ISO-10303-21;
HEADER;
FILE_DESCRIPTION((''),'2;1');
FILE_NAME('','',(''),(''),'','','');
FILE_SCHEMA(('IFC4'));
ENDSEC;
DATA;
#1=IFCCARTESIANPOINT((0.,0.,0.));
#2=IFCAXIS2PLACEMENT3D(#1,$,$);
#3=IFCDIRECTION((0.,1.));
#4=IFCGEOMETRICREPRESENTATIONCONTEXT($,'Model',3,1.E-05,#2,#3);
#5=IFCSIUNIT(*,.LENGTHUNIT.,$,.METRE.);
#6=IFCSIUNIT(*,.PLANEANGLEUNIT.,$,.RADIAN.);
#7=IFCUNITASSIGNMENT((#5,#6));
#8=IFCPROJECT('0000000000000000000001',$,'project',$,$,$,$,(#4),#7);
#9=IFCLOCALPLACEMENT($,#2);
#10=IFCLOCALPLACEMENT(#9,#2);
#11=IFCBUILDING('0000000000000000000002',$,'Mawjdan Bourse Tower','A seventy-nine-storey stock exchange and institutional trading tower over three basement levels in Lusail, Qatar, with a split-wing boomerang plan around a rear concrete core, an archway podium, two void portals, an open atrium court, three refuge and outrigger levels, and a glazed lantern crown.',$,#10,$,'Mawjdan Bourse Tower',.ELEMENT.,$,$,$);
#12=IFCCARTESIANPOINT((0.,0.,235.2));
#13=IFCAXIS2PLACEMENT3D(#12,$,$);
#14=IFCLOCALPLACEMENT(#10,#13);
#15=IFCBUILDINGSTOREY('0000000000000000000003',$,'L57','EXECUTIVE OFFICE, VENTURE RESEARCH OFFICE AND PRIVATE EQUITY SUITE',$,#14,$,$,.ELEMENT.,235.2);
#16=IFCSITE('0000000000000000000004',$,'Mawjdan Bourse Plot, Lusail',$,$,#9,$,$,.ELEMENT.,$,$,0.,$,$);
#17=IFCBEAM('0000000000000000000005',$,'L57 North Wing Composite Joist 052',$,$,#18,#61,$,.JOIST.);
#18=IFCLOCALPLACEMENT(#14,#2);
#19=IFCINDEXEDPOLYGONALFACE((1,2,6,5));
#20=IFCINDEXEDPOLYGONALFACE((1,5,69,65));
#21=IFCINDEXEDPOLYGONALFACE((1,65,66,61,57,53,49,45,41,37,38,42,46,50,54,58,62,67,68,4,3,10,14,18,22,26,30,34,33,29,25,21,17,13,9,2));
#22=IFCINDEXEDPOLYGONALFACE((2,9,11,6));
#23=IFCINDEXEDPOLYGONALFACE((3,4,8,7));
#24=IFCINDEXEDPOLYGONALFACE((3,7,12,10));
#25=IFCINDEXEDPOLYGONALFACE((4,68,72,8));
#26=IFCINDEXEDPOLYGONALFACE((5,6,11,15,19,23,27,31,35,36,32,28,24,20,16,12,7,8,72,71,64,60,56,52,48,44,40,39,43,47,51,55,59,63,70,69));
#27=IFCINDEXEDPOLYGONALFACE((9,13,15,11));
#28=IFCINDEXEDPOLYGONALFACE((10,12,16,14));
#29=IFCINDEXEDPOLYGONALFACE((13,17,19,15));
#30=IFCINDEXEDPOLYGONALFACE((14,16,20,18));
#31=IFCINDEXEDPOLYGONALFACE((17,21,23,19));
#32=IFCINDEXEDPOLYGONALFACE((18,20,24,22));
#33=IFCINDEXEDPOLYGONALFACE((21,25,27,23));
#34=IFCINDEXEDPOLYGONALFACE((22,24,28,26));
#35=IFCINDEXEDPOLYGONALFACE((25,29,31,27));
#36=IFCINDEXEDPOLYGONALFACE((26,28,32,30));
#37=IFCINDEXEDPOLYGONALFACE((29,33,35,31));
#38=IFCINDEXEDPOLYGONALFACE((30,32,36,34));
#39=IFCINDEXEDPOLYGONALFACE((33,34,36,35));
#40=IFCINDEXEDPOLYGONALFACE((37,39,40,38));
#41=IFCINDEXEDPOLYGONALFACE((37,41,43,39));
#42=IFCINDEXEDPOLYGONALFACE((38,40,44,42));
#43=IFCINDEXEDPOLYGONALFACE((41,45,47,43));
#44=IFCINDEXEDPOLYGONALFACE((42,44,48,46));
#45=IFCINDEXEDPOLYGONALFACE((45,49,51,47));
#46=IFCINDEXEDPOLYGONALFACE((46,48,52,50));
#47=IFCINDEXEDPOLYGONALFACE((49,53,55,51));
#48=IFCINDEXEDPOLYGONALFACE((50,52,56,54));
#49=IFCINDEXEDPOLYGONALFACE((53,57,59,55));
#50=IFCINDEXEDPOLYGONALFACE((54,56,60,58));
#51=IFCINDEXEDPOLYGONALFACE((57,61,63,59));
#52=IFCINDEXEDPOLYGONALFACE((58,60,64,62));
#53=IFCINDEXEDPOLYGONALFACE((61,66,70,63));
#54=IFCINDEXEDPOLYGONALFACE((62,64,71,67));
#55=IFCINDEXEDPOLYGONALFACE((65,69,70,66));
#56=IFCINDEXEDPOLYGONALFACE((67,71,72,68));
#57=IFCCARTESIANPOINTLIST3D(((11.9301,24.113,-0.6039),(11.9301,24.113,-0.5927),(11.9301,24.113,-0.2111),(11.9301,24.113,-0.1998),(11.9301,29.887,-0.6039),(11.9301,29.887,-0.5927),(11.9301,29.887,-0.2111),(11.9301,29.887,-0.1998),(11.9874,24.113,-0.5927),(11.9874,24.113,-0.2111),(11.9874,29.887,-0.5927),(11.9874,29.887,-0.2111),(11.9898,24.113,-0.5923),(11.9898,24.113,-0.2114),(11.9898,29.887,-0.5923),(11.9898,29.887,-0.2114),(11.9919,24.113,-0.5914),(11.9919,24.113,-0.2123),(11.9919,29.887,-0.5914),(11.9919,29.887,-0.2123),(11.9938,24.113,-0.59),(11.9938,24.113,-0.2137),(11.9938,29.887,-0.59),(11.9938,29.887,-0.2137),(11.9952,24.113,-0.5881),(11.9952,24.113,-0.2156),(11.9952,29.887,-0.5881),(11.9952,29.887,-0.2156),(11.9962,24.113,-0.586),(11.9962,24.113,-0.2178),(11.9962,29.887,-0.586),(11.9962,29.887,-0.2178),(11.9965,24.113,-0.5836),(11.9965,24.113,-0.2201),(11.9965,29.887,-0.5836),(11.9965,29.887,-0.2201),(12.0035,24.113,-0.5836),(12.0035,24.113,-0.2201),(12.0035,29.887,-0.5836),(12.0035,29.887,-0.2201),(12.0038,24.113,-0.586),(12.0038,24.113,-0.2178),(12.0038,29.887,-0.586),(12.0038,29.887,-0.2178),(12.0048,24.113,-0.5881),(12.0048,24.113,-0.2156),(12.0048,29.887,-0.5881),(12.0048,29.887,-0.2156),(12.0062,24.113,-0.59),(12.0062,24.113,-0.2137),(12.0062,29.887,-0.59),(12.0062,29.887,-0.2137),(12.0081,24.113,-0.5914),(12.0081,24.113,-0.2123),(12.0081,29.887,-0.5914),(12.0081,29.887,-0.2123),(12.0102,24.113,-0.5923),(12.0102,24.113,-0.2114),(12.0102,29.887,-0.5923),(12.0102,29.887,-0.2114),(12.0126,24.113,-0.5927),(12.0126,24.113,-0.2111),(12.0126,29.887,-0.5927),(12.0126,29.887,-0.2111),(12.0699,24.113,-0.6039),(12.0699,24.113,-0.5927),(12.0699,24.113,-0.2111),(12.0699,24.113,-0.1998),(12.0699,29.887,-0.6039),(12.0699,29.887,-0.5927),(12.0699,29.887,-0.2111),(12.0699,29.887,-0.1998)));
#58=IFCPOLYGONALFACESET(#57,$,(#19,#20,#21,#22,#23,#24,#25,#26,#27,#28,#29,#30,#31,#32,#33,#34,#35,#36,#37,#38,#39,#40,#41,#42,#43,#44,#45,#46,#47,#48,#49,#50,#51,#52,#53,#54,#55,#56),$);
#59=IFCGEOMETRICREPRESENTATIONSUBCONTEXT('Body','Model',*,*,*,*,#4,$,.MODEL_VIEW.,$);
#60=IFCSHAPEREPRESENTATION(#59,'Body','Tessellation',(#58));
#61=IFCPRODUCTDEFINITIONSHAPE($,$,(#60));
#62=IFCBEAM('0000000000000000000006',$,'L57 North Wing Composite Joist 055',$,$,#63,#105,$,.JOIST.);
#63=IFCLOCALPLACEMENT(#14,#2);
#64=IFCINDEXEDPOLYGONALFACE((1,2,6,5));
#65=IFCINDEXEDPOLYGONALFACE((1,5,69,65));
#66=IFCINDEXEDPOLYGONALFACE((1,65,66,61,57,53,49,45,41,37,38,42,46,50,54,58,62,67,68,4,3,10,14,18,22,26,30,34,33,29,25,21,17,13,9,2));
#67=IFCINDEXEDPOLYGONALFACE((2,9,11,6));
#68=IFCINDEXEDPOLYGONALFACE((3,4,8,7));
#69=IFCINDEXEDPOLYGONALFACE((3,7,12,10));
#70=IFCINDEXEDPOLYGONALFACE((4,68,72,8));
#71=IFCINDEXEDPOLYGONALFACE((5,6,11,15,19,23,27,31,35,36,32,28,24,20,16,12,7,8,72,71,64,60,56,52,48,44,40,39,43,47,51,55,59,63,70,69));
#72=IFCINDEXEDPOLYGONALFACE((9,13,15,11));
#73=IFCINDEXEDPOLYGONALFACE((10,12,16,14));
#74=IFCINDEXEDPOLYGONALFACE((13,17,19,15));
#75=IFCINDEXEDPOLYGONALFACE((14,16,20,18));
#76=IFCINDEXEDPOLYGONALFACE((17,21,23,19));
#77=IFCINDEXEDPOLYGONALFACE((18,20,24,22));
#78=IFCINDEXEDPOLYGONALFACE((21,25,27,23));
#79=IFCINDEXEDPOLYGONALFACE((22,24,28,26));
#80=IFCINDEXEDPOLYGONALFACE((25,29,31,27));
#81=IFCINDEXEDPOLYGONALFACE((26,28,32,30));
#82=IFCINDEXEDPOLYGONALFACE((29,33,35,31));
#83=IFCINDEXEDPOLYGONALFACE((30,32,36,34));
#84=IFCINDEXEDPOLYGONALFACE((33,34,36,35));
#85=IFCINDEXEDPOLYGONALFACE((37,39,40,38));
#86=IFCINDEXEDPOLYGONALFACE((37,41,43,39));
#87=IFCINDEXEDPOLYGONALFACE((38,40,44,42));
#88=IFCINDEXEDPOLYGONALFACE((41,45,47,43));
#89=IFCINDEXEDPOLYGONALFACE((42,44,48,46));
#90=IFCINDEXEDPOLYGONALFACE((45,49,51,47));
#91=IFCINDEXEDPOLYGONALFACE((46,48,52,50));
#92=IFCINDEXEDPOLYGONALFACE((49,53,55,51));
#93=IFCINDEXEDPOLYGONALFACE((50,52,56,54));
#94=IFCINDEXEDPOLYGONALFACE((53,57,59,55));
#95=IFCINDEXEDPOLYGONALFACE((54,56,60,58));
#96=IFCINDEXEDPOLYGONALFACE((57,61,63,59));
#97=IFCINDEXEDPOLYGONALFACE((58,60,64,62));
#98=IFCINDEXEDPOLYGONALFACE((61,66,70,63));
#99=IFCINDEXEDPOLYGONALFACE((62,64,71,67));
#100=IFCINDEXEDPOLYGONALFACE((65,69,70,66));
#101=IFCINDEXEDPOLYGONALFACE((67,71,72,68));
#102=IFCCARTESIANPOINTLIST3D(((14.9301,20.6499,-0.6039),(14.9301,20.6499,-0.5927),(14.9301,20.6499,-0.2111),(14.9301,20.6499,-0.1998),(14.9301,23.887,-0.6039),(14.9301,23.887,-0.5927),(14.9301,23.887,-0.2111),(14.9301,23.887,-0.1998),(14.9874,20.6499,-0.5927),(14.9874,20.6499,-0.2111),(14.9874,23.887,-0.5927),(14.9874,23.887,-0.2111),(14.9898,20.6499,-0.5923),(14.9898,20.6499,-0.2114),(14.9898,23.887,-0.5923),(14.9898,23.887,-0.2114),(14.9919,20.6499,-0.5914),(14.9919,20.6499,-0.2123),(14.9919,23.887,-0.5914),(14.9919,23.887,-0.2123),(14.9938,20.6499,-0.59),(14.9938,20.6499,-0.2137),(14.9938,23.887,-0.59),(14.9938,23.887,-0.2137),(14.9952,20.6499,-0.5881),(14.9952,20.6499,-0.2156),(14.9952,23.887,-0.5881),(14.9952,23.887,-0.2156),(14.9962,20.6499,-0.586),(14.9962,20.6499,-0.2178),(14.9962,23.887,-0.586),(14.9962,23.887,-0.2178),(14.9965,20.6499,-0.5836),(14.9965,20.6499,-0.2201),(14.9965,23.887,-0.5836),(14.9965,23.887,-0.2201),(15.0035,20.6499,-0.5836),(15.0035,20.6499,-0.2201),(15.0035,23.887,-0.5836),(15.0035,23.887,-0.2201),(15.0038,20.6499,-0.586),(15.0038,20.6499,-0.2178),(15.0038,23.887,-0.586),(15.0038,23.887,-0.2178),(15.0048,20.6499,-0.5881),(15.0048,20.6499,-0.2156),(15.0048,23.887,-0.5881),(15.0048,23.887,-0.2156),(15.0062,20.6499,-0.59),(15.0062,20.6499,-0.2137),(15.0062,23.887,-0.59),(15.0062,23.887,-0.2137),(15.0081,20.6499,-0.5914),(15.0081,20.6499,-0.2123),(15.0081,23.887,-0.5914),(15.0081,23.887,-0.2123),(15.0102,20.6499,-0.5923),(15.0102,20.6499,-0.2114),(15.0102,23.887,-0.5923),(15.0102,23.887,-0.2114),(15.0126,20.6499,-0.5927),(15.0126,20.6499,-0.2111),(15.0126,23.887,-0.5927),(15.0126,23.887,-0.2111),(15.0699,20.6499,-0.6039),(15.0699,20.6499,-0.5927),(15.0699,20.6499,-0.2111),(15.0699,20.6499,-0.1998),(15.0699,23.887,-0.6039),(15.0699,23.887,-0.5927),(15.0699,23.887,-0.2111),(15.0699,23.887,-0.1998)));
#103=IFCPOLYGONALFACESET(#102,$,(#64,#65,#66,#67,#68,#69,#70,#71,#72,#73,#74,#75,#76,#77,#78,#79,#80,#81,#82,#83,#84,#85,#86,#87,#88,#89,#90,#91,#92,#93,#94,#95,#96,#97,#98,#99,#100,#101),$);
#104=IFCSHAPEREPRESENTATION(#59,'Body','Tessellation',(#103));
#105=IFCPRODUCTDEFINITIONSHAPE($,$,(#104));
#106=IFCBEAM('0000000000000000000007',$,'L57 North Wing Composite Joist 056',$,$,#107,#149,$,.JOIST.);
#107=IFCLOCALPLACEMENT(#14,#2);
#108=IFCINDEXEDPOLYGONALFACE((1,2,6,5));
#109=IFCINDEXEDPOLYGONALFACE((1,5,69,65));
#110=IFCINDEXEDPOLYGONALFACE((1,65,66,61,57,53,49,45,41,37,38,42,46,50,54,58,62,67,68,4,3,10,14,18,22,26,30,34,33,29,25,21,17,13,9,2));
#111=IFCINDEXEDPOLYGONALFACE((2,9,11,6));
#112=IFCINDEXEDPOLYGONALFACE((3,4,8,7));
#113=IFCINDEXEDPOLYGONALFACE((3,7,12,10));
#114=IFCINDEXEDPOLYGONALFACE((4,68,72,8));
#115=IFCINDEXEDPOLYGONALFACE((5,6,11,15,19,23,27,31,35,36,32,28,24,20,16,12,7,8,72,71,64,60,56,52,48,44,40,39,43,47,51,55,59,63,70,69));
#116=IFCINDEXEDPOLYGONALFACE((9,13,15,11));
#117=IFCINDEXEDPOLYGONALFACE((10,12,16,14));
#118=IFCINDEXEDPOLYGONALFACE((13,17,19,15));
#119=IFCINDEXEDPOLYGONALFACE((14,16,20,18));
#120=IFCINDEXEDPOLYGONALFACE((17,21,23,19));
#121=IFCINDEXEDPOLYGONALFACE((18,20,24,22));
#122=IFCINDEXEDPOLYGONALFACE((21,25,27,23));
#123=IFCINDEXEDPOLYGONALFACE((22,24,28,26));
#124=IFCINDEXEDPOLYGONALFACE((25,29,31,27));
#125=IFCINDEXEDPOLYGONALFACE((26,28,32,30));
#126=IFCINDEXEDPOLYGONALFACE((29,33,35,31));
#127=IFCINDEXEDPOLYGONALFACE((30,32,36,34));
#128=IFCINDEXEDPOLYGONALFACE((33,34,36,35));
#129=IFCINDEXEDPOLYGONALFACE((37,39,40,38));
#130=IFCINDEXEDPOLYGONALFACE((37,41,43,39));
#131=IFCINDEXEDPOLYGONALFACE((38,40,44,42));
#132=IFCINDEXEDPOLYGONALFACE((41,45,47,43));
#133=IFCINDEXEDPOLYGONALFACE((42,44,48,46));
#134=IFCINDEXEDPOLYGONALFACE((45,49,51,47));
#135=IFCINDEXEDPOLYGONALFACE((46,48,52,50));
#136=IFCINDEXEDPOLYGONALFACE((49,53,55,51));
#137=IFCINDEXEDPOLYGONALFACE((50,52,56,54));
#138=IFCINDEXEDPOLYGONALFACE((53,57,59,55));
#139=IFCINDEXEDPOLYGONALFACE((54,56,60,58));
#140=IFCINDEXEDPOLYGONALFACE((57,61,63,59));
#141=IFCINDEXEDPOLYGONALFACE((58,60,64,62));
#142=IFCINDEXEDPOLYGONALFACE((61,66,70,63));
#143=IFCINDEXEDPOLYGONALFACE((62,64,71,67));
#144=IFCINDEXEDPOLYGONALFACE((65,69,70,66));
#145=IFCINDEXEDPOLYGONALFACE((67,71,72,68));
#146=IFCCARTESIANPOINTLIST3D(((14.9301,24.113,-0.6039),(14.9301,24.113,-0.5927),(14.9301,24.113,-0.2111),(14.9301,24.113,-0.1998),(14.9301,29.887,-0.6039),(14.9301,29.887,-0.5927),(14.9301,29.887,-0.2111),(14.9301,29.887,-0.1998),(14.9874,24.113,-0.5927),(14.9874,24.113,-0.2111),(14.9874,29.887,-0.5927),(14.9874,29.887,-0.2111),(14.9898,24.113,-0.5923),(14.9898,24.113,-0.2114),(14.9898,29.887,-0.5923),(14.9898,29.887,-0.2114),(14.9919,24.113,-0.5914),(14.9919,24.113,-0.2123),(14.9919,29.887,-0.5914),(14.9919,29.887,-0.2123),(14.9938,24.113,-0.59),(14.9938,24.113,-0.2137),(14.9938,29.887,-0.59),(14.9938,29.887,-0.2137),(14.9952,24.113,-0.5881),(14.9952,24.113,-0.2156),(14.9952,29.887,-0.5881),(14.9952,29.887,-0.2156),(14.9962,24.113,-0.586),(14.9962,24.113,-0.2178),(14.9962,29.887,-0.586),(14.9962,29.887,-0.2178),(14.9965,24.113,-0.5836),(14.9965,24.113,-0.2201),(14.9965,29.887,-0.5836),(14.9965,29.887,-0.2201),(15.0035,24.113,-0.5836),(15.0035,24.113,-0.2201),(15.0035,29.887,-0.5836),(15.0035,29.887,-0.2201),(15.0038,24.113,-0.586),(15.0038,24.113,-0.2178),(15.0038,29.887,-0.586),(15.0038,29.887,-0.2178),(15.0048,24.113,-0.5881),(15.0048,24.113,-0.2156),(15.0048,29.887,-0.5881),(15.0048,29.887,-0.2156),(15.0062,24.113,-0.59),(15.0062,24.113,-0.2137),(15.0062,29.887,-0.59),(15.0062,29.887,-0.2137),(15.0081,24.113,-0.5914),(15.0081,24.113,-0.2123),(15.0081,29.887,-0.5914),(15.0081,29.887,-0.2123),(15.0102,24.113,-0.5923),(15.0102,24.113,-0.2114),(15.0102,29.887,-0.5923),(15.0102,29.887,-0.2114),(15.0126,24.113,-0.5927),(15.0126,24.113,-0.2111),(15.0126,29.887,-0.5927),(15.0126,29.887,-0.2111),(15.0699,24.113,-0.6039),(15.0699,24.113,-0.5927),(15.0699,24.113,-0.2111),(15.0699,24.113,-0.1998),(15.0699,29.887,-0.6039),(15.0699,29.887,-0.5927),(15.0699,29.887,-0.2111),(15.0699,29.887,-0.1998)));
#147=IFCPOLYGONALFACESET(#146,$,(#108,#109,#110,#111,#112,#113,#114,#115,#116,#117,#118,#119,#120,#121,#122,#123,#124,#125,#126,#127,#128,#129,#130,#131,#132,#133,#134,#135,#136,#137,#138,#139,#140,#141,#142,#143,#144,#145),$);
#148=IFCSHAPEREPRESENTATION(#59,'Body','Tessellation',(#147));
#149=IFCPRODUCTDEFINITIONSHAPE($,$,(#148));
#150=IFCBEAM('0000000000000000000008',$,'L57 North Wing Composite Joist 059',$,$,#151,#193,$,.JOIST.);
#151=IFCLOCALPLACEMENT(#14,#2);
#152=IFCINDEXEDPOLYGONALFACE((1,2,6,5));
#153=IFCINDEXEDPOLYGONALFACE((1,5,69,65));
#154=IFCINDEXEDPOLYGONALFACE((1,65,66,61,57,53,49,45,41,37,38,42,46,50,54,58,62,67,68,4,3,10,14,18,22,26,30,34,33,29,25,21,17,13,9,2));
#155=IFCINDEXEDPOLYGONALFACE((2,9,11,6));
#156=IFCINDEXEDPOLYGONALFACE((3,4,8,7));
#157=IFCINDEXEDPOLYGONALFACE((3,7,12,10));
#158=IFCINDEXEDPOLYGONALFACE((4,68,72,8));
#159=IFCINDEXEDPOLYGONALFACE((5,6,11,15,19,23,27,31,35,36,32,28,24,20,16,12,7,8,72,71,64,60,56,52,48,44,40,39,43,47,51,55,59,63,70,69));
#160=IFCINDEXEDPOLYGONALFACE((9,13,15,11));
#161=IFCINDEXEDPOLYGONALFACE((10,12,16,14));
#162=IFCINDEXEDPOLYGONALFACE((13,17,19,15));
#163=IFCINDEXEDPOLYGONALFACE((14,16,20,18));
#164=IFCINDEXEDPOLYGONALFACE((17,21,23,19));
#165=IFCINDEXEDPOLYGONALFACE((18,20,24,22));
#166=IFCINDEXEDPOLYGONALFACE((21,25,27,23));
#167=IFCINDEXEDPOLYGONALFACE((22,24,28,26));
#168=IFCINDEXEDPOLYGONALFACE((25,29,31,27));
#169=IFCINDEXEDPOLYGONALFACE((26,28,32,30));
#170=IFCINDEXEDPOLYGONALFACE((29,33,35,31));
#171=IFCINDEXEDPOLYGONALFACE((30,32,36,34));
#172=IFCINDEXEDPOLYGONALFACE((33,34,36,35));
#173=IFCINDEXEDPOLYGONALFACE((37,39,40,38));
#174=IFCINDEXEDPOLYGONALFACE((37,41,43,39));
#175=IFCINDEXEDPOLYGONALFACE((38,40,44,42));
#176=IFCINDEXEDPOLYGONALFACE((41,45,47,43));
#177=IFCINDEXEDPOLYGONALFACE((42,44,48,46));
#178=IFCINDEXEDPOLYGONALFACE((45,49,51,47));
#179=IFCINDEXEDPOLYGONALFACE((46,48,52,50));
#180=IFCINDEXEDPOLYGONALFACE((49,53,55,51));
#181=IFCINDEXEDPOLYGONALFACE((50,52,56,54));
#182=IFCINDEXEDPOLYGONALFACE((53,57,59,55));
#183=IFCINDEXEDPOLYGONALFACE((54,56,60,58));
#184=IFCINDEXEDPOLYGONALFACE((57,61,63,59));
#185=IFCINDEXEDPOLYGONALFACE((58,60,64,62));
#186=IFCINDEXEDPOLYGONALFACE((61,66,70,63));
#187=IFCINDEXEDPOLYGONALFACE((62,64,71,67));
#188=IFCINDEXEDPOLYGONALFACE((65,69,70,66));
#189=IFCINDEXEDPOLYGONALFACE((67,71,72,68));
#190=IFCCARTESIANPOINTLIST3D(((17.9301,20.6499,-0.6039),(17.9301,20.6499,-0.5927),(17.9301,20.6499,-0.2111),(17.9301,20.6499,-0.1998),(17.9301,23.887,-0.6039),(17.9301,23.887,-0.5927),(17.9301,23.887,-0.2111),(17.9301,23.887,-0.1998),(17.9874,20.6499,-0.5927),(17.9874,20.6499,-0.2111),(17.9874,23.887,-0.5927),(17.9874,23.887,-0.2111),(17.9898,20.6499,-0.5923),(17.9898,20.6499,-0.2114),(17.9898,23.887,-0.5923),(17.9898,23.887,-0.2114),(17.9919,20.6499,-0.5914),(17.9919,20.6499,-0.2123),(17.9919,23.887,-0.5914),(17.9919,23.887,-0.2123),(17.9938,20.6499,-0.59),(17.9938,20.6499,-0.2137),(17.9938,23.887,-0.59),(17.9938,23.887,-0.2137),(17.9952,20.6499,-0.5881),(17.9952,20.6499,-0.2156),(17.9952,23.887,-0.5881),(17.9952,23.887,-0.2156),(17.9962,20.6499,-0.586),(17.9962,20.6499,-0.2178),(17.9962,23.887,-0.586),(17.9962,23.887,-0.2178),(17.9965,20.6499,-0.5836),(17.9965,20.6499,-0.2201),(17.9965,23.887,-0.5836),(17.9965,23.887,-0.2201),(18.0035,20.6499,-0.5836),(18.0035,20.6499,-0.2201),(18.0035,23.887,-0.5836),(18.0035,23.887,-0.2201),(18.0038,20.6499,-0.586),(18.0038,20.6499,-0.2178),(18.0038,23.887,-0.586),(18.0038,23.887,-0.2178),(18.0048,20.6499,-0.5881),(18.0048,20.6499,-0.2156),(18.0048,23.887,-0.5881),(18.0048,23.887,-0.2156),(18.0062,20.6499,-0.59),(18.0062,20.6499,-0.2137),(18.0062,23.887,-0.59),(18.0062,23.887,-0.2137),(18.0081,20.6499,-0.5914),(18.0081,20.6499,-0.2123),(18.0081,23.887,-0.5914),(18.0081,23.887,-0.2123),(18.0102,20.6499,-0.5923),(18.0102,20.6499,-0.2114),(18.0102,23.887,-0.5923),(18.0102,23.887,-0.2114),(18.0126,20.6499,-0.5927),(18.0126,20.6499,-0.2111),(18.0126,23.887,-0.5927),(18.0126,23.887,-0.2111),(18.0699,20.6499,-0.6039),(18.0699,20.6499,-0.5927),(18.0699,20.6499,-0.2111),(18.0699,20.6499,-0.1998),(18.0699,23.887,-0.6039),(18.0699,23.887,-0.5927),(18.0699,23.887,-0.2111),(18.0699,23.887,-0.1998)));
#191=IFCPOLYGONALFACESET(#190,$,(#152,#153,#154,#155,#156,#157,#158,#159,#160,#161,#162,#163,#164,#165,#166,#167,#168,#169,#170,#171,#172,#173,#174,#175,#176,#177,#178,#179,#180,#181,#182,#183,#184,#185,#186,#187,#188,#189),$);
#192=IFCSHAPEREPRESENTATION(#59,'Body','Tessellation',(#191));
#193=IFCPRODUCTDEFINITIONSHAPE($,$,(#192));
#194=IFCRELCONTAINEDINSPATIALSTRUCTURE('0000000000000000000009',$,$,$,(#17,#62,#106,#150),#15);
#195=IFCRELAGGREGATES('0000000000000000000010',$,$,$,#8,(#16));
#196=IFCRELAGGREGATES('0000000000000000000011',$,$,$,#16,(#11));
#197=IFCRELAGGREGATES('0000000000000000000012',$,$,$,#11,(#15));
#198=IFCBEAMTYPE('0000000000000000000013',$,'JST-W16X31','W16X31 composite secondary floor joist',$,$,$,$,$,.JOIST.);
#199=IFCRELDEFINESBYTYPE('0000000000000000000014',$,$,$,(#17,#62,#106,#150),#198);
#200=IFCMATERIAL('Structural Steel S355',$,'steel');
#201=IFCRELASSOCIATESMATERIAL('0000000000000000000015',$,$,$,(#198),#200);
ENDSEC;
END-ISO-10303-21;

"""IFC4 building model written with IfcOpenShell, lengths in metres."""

from ifc_helpers import new_model, si_unit, direction, frame, origin, origin_2d, place, context, subcontext, project, spatial, i_section, extrude, material, material_profile, profile_set, type_object, element, save


model = new_model("IFC4")

# Units and contexts
model_context = context("Model", 3, precision=1e-05, world=origin(), true_north=direction((0.0, 1.0)))
body_context = subcontext(model_context, "Body", "Model", "MODEL_VIEW")
ifc_project = project(units=[si_unit("LENGTHUNIT", "METRE"), si_unit("PLANEANGLEUNIT", "RADIAN")], contexts=[model_context])

# Site, building, storey
site_placement = place(None, origin())
site = spatial("IfcSite", under=ifc_project, at=site_placement, Name="Mawjdan Bourse Plot, Lusail", CompositionType="ELEMENT", RefElevation=0.0)
building_placement = place(site_placement, origin())
building = spatial("IfcBuilding", under=site, at=building_placement, Name="Mawjdan Bourse Tower", Description="A seventy-nine-storey stock exchange and institutional trading tower over three basement levels in Lusail, Qatar, with a split-wing boomerang plan around a rear concrete core, an archway podium, two void portals, an open atrium court, three refuge and outrigger levels, and a glazed lantern crown.", LongName="Mawjdan Bourse Tower", CompositionType="ELEMENT")
storey_placement = place(building_placement, frame((0.0, 0.0, 235.2)))
storey = spatial("IfcBuildingStorey", under=building, at=storey_placement, Name="L57", Description="EXECUTIVE OFFICE, VENTURE RESEARCH OFFICE AND PRIVATE EQUITY SUITE", CompositionType="ELEMENT", Elevation=235.2)

# Beams
ifc_material_1 = material(Name="Structural Steel S355", Category="steel")
ifc_material_profile_1 = material_profile(ifc_material_1, i_section(OverallWidth=0.1399, OverallDepth=0.4041, WebThickness=0.0071, FlangeThickness=0.0112, FilletRadius=0.009, at=origin_2d()), Name="W16X31")
ifc_profile_set_1 = profile_set([ifc_material_profile_1], Name="Structural Steel S355")
beam_type_1 = type_object("IfcBeamType", Name="JST-W16X31", Description="W16X31 composite secondary floor joist", PredefinedType="JOIST", material=ifc_profile_set_1)
beam_1_placement = place(storey_placement, frame((12.0, 24.113, -0.4019), z_axis=(0.0, 1.0, 0.0), x_axis=(-1.0, 0.0, 0.0)))
element("IfcBeam", 1, at=beam_1_placement, inside=storey, type_object=beam_type_1, Name="L57 North Wing Composite Joist 052", PredefinedType="JOIST", context=body_context, shape_type="SweptSolid", body=[
    extrude(i_section(OverallWidth=0.1399, OverallDepth=0.4041, WebThickness=0.0071, FlangeThickness=0.0112, FilletRadius=0.009, at=origin_2d()), origin(), (0.0, 0.0, 1.0), 5.7739),
])
beam_2_placement = place(storey_placement, frame((15.0, 20.6499, -0.4019), z_axis=(0.0, 1.0, 0.0), x_axis=(-1.0, 0.0, 0.0)))
element("IfcBeam", 2, at=beam_2_placement, inside=storey, type_object=beam_type_1, Name="L57 North Wing Composite Joist 055", PredefinedType="JOIST", context=body_context, shape_type="SweptSolid", body=[
    extrude(i_section(OverallWidth=0.1399, OverallDepth=0.4041, WebThickness=0.0071, FlangeThickness=0.0112, FilletRadius=0.009, at=origin_2d()), origin(), (0.0, 0.0, 1.0), 3.2371),
])
beam_3_placement = place(storey_placement, frame((15.0, 24.113, -0.4019), z_axis=(0.0, 1.0, 0.0), x_axis=(-1.0, 0.0, 0.0)))
element("IfcBeam", 3, at=beam_3_placement, inside=storey, type_object=beam_type_1, Name="L57 North Wing Composite Joist 056", PredefinedType="JOIST", context=body_context, shape_type="SweptSolid", body=[
    extrude(i_section(OverallWidth=0.1399, OverallDepth=0.4041, WebThickness=0.0071, FlangeThickness=0.0112, FilletRadius=0.009, at=origin_2d()), origin(), (0.0, 0.0, 1.0), 5.7739),
])
beam_4_placement = place(storey_placement, frame((18.0, 20.6499, -0.4019), z_axis=(0.0, 1.0, 0.0), x_axis=(-1.0, 0.0, 0.0)))
element("IfcBeam", 4, at=beam_4_placement, inside=storey, type_object=beam_type_1, Name="L57 North Wing Composite Joist 059", PredefinedType="JOIST", context=body_context, shape_type="SweptSolid", body=[
    extrude(i_section(OverallWidth=0.1399, OverallDepth=0.4041, WebThickness=0.0071, FlangeThickness=0.0112, FilletRadius=0.009, at=origin_2d()), origin(), (0.0, 0.0, 1.0), 3.2371),
])

save(model, "model.ifc")
